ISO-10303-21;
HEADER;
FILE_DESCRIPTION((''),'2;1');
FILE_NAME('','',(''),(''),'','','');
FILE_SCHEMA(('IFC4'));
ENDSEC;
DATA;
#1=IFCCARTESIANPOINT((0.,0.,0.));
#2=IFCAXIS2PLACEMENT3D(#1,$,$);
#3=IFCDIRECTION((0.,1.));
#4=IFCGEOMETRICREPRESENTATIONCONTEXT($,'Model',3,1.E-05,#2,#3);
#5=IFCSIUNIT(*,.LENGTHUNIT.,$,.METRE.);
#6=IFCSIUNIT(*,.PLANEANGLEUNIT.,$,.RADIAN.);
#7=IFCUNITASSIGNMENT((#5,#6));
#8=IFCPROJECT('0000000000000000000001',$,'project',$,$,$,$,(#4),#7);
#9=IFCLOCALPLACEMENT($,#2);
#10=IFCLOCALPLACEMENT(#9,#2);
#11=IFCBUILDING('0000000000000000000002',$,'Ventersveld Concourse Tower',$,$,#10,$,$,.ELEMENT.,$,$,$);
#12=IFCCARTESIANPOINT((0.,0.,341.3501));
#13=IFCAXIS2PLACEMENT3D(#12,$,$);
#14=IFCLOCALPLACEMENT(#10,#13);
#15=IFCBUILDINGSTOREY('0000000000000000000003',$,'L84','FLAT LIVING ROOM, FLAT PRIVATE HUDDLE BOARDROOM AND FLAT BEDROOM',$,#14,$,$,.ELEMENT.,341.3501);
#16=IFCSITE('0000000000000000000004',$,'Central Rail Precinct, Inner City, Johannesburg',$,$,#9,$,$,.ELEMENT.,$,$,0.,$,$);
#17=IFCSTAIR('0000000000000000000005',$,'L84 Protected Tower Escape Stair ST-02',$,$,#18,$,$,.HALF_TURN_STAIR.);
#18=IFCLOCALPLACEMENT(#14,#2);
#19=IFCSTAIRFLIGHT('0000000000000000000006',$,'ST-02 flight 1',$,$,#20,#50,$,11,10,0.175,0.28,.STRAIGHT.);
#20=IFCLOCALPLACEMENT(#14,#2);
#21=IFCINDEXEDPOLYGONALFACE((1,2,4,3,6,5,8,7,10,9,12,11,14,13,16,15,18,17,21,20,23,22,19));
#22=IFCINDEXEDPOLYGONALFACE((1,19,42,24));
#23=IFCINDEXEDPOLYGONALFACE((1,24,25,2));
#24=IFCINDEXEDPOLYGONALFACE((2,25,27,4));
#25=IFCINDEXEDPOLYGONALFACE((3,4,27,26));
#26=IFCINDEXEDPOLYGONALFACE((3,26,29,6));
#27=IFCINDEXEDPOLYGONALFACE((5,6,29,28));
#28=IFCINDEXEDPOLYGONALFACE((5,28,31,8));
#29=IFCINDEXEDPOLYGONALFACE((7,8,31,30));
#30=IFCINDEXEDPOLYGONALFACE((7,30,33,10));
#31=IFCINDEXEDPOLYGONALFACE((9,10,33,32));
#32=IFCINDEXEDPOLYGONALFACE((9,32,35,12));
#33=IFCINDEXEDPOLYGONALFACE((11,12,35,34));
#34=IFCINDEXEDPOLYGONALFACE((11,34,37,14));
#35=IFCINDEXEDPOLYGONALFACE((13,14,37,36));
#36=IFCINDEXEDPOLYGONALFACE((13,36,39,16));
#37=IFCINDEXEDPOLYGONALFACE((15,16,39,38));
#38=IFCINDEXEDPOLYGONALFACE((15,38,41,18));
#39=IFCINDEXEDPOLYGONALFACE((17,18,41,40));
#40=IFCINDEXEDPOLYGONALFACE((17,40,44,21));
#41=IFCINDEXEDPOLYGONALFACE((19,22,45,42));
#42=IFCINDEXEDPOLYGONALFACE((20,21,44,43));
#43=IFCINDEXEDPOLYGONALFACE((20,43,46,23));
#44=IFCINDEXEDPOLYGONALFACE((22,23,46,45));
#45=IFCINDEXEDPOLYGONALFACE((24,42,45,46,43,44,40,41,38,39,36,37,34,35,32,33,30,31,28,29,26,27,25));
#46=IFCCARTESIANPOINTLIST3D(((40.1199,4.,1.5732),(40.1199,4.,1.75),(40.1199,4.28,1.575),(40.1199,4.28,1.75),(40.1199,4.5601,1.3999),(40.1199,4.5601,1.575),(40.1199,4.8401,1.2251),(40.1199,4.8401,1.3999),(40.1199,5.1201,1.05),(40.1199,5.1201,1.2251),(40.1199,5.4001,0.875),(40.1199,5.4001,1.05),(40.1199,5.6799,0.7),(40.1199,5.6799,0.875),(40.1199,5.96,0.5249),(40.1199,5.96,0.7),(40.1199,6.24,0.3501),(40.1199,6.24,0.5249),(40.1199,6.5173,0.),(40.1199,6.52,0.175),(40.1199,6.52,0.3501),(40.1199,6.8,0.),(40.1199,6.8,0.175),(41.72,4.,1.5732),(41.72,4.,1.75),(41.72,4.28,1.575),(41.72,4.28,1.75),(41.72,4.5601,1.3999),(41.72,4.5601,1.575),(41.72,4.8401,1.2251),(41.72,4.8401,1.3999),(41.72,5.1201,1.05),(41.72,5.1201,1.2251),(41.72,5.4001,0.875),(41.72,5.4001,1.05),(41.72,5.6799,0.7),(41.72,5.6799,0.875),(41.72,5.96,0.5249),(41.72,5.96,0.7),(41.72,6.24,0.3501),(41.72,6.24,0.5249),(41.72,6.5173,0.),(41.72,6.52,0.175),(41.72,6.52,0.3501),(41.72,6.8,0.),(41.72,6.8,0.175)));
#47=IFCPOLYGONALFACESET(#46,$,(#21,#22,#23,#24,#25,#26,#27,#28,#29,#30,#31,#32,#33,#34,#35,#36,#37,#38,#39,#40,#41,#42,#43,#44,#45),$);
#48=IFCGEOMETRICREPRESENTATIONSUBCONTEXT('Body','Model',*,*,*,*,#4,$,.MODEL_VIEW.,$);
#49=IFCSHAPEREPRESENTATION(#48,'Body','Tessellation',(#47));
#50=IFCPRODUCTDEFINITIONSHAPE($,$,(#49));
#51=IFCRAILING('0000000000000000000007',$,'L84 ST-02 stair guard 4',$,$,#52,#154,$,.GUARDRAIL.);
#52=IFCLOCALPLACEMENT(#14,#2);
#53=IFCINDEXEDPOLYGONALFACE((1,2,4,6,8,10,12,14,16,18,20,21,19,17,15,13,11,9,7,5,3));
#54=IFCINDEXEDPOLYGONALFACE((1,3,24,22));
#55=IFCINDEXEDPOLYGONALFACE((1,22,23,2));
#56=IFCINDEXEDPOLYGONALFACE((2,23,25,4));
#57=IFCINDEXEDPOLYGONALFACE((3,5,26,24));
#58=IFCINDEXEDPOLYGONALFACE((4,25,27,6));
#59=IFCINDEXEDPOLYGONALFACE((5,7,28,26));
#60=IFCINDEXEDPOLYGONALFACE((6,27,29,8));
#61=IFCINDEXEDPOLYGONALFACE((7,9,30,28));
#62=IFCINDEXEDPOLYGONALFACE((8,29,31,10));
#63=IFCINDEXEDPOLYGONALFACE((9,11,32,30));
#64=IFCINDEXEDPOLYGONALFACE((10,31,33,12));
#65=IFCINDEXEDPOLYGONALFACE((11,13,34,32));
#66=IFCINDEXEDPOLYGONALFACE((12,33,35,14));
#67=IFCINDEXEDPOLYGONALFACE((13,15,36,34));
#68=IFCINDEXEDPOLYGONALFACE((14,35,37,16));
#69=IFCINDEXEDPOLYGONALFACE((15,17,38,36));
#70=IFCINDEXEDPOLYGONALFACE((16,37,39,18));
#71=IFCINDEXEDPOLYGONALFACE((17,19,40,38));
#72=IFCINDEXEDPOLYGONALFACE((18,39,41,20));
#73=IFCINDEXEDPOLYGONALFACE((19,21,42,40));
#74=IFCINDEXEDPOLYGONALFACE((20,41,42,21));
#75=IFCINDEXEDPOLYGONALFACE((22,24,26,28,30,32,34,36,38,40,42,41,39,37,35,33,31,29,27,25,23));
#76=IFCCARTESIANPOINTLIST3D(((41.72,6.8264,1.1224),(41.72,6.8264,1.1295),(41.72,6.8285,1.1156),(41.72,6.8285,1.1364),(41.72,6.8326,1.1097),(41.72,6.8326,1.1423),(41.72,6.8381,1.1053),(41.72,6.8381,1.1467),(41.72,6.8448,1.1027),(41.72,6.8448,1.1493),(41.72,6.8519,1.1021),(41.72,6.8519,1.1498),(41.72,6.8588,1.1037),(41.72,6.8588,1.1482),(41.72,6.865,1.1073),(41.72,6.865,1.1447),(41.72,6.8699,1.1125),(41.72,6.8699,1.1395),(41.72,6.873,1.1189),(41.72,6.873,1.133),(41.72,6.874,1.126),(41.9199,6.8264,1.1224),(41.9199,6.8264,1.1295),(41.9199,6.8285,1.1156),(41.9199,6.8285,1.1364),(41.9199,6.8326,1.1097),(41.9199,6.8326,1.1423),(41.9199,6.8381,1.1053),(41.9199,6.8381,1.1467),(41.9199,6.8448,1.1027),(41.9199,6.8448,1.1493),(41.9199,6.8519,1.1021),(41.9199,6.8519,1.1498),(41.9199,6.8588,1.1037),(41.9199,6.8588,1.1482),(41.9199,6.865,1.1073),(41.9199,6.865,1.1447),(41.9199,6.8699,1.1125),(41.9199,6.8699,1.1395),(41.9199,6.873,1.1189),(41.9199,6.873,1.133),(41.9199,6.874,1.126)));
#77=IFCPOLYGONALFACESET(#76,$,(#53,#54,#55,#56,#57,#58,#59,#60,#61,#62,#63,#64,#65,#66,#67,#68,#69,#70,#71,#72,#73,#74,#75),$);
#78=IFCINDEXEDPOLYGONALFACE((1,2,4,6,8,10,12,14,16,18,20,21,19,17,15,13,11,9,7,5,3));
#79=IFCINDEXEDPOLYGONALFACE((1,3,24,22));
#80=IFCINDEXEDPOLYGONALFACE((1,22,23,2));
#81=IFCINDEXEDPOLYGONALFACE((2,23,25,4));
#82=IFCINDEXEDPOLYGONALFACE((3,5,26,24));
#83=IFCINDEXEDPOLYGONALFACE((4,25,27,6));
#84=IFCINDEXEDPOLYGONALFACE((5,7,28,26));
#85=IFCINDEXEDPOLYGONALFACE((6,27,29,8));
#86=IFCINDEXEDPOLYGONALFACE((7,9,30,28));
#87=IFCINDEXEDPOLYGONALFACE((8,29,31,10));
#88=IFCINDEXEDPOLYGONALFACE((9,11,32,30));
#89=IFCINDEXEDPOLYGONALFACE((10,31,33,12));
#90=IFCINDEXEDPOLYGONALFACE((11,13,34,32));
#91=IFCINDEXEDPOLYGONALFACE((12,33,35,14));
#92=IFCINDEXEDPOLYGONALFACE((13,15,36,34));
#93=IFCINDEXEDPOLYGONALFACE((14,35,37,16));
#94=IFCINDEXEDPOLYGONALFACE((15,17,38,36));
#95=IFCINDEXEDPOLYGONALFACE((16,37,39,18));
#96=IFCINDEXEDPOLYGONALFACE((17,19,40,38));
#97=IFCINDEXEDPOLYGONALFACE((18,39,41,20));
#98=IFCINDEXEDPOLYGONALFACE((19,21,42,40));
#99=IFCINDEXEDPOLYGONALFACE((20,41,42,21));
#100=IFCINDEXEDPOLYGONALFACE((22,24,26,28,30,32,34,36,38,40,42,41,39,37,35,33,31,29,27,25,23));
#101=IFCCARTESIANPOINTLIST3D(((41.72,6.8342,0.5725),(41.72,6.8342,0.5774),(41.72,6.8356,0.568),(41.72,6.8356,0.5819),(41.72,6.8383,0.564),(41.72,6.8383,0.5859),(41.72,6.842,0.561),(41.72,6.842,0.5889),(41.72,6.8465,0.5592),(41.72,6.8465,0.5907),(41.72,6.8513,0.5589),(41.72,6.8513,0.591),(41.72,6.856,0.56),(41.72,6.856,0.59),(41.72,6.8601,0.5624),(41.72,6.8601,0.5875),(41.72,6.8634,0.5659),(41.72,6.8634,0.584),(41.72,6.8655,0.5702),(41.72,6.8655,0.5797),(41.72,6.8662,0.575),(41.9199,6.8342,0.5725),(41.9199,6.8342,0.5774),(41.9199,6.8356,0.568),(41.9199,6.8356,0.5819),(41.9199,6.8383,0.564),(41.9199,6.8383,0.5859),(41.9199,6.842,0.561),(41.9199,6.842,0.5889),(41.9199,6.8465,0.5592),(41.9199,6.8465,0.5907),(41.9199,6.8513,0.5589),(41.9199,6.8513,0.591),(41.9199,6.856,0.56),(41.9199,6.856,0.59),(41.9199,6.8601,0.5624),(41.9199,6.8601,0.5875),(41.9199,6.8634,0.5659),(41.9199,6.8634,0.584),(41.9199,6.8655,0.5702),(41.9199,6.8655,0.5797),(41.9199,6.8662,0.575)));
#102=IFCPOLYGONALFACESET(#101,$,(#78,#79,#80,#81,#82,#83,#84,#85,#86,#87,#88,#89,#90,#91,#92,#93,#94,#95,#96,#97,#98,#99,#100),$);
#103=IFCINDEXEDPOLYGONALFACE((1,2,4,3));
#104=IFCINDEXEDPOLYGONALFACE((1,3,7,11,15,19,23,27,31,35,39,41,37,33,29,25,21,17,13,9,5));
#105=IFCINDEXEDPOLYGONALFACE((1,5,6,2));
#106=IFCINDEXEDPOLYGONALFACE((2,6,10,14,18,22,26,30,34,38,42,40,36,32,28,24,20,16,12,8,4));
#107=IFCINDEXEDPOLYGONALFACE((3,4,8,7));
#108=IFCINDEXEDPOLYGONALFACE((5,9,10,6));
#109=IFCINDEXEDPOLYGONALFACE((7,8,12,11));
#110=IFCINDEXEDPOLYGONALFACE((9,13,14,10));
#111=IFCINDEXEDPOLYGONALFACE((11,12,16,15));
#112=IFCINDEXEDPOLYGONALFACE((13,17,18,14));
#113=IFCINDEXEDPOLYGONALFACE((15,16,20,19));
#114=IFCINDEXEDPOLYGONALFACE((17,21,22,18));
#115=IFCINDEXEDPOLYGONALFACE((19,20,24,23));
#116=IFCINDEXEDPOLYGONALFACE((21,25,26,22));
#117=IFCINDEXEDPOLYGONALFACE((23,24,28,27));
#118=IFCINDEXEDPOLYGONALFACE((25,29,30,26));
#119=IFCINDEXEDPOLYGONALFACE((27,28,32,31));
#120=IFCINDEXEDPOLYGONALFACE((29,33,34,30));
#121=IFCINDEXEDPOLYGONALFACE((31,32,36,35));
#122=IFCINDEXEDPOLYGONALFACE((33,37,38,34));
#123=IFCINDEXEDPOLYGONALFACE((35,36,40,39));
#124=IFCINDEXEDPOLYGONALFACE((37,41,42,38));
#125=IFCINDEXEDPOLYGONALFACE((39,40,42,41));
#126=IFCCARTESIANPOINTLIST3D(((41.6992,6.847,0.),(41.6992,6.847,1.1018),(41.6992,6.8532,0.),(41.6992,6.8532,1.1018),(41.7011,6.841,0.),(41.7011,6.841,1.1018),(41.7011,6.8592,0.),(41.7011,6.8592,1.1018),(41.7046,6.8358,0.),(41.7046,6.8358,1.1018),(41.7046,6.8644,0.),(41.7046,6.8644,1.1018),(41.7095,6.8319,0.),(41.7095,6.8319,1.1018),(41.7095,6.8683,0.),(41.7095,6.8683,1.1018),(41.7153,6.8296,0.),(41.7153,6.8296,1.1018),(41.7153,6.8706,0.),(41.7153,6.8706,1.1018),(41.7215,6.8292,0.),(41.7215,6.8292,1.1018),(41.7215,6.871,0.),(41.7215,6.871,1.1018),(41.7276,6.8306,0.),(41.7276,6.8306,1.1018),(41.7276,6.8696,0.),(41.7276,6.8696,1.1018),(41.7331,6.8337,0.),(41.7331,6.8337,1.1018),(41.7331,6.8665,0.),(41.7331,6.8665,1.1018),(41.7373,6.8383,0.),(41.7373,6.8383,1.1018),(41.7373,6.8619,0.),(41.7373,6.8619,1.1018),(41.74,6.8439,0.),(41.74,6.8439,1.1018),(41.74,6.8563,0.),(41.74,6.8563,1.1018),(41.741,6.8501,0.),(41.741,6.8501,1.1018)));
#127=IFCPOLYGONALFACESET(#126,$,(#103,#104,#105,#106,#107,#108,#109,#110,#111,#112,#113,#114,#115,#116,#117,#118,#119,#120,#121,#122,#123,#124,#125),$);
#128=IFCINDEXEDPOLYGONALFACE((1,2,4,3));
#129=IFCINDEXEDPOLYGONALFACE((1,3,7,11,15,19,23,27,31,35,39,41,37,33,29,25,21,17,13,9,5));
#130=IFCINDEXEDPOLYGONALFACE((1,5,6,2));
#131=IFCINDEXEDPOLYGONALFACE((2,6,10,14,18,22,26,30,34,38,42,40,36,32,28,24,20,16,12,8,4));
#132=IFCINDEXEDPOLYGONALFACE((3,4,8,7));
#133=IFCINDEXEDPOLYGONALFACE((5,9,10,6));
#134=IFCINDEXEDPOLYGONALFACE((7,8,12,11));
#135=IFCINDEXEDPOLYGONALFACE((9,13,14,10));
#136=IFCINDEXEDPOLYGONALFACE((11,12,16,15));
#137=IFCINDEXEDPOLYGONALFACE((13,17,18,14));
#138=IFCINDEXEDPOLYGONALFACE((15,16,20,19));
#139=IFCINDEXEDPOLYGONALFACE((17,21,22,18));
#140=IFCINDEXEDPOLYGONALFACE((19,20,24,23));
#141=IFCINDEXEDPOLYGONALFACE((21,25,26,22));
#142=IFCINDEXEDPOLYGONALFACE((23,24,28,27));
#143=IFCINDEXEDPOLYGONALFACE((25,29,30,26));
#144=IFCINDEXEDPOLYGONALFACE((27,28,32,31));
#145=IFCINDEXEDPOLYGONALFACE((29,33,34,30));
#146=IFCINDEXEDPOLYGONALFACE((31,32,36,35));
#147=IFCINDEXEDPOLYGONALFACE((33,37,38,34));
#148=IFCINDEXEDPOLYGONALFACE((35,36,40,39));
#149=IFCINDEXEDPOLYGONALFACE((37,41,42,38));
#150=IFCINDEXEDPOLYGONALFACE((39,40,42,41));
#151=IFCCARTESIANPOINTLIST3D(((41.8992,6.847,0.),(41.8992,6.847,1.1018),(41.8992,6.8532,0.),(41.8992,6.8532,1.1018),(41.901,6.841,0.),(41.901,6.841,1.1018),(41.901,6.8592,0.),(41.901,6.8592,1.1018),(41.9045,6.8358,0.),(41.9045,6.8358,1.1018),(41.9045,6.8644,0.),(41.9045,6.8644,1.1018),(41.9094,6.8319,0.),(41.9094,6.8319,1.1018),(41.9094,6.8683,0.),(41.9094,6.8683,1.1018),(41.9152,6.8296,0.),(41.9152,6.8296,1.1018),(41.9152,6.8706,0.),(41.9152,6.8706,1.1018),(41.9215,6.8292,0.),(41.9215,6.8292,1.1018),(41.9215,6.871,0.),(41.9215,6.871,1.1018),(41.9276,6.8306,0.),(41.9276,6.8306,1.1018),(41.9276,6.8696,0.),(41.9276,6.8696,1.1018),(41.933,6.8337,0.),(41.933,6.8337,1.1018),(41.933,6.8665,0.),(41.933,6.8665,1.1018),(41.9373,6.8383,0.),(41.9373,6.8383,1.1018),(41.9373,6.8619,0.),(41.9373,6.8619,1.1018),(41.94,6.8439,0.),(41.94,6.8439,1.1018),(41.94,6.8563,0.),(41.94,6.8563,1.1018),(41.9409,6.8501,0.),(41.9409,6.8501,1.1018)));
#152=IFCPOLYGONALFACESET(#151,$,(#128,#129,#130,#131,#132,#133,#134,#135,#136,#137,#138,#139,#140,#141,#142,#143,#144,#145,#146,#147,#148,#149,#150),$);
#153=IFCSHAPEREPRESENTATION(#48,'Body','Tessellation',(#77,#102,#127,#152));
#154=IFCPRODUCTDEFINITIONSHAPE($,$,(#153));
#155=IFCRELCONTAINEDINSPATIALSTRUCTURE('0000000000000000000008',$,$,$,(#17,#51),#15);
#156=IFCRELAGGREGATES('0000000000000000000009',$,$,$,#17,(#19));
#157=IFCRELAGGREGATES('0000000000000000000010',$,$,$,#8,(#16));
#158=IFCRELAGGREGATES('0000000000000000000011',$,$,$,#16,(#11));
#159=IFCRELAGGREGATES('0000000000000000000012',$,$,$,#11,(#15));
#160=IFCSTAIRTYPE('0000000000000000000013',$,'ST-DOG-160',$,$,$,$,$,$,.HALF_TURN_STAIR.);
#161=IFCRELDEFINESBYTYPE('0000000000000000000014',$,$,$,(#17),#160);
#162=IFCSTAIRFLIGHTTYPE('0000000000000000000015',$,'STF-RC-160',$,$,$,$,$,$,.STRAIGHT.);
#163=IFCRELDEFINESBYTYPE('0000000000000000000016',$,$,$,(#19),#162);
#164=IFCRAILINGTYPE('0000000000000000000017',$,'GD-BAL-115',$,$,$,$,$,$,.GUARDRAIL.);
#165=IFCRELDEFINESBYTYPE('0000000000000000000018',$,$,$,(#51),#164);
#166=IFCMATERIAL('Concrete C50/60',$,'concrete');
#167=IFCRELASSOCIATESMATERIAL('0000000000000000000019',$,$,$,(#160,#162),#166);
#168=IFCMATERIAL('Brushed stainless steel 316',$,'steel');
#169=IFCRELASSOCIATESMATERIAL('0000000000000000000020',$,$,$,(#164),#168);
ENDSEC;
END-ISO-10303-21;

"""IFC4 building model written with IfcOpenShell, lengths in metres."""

from ifc_helpers import new_model, si_unit, direction, frame, origin, origin_2d, place, context, subcontext, project, spatial, polyline, circle, outline, extrude, material, type_object, element, aggregate, save


model = new_model("IFC4")

# Units and contexts
model_context = context("Model", 3, precision=1e-05, world=origin(), true_north=direction((0.0, 1.0)))
body_context = subcontext(model_context, "Body", "Model", "MODEL_VIEW")
ifc_project = project(units=[si_unit("LENGTHUNIT", "METRE"), si_unit("PLANEANGLEUNIT", "RADIAN")], contexts=[model_context])

# Site, building, storey
site_placement = place(None, origin())
site = spatial("IfcSite", under=ifc_project, at=site_placement, Name="Central Rail Precinct, Inner City, Johannesburg", CompositionType="ELEMENT", RefElevation=0.0)
building_placement = place(site_placement, origin())
building = spatial("IfcBuilding", under=site, at=building_placement, Name="Ventersveld Concourse Tower", CompositionType="ELEMENT")
storey_placement = place(building_placement, frame((0.0, 0.0, 341.3501)))
storey = spatial("IfcBuildingStorey", under=building, at=storey_placement, Name="L84", Description="FLAT LIVING ROOM, FLAT PRIVATE HUDDLE BOARDROOM AND FLAT BEDROOM", CompositionType="ELEMENT", Elevation=341.3501)

# Shared definitions
ifc_material_1 = material(Name="Concrete C50/60", Category="concrete")

# Shared definitions
ifc_material_2 = material(Name="Brushed stainless steel 316", Category="steel")

# Stair, stair flight
stair_type = type_object("IfcStairType", Name="ST-DOG-160", PredefinedType="HALF_TURN_STAIR", material=ifc_material_1)
stair_placement = place(storey_placement, origin())
stair = element("IfcStair", 1, at=stair_placement, inside=storey, type_object=stair_type, Name="L84 Protected Tower Escape Stair ST-02", PredefinedType="HALF_TURN_STAIR")
stair_flight_type = type_object("IfcStairFlightType", Name="STF-RC-160", PredefinedType="STRAIGHT", material=ifc_material_1)
stair_flight_placement = place(storey_placement, frame((40.9199, 6.8, 0.0), z_axis=(0.0, 0.0, 1.0), x_axis=(0.0, -1.0, 0.0)))
stair_flight = element("IfcStairFlight", 2, at=stair_flight_placement, type_object=stair_flight_type, Name="ST-02 flight 1", NumberOfRisers=11, NumberOfTreads=10, PredefinedType="STRAIGHT", RiserHeight=0.175, TreadLength=0.28, context=body_context, shape_type="SweptSolid", body=[
    extrude(outline(polyline([(0.0, 0.0), (0.0, 0.175), (0.28, 0.175), (0.28, 0.3501), (0.5601, 0.3501), (0.5601, 0.5249), (0.8401, 0.5249), (0.8401, 0.7), (1.1201, 0.7), (1.1201, 0.875), (1.3999, 0.875), (1.3999, 1.05), (1.6799, 1.05), (1.6799, 1.2251), (1.96, 1.2251), (1.96, 1.3999), (2.24, 1.3999), (2.24, 1.575), (2.52, 1.575), (2.52, 1.75), (2.8, 1.75), (2.8, 1.925), (2.8, 1.5732), (0.2827, 0.0), (0.0, 0.0)])), frame((0.0, 0.8, 0.0), z_axis=(0.0, -1.0, 0.0), x_axis=(1.0, 0.0, 0.0)), (0.0, 0.0, 1.0), 1.6001),
])
aggregate(stair, [stair_flight])

# Railing
railing_type_1 = type_object("IfcRailingType", Name="GD-BAL-115", PredefinedType="GUARDRAIL", material=ifc_material_2)
railing_1_placement = place(storey_placement, frame((41.72, 6.8501, 0.0)))
element("IfcRailing", 3, at=railing_1_placement, inside=storey, type_object=railing_type_1, Name="L84 ST-02 stair guard 4", PredefinedType="GUARDRAIL", context=body_context, shape_type="SweptSolid", body=[
    extrude(circle(Radius=0.0239, at=origin_2d()), frame((0.0, 0.0, 1.126), z_axis=(1.0, 0.0, 0.0), x_axis=(0.0, 1.0, 0.0)), (0.0, 0.0, 1.0), 0.2),
    extrude(circle(Radius=0.0161, at=origin_2d()), frame((0.0, 0.0, 0.575), z_axis=(1.0, 0.0, 0.0), x_axis=(0.0, 1.0, 0.0)), (0.0, 0.0, 1.0), 0.2),
    extrude(circle(Radius=0.021, at=origin_2d()), origin(), (0.0, 0.0, 1.0), 1.1018),
    extrude(circle(Radius=0.021, at=origin_2d()), frame((0.2, 0.0, 0.0)), (0.0, 0.0, 1.0), 1.1018),
])

save(model, "model.ifc")
